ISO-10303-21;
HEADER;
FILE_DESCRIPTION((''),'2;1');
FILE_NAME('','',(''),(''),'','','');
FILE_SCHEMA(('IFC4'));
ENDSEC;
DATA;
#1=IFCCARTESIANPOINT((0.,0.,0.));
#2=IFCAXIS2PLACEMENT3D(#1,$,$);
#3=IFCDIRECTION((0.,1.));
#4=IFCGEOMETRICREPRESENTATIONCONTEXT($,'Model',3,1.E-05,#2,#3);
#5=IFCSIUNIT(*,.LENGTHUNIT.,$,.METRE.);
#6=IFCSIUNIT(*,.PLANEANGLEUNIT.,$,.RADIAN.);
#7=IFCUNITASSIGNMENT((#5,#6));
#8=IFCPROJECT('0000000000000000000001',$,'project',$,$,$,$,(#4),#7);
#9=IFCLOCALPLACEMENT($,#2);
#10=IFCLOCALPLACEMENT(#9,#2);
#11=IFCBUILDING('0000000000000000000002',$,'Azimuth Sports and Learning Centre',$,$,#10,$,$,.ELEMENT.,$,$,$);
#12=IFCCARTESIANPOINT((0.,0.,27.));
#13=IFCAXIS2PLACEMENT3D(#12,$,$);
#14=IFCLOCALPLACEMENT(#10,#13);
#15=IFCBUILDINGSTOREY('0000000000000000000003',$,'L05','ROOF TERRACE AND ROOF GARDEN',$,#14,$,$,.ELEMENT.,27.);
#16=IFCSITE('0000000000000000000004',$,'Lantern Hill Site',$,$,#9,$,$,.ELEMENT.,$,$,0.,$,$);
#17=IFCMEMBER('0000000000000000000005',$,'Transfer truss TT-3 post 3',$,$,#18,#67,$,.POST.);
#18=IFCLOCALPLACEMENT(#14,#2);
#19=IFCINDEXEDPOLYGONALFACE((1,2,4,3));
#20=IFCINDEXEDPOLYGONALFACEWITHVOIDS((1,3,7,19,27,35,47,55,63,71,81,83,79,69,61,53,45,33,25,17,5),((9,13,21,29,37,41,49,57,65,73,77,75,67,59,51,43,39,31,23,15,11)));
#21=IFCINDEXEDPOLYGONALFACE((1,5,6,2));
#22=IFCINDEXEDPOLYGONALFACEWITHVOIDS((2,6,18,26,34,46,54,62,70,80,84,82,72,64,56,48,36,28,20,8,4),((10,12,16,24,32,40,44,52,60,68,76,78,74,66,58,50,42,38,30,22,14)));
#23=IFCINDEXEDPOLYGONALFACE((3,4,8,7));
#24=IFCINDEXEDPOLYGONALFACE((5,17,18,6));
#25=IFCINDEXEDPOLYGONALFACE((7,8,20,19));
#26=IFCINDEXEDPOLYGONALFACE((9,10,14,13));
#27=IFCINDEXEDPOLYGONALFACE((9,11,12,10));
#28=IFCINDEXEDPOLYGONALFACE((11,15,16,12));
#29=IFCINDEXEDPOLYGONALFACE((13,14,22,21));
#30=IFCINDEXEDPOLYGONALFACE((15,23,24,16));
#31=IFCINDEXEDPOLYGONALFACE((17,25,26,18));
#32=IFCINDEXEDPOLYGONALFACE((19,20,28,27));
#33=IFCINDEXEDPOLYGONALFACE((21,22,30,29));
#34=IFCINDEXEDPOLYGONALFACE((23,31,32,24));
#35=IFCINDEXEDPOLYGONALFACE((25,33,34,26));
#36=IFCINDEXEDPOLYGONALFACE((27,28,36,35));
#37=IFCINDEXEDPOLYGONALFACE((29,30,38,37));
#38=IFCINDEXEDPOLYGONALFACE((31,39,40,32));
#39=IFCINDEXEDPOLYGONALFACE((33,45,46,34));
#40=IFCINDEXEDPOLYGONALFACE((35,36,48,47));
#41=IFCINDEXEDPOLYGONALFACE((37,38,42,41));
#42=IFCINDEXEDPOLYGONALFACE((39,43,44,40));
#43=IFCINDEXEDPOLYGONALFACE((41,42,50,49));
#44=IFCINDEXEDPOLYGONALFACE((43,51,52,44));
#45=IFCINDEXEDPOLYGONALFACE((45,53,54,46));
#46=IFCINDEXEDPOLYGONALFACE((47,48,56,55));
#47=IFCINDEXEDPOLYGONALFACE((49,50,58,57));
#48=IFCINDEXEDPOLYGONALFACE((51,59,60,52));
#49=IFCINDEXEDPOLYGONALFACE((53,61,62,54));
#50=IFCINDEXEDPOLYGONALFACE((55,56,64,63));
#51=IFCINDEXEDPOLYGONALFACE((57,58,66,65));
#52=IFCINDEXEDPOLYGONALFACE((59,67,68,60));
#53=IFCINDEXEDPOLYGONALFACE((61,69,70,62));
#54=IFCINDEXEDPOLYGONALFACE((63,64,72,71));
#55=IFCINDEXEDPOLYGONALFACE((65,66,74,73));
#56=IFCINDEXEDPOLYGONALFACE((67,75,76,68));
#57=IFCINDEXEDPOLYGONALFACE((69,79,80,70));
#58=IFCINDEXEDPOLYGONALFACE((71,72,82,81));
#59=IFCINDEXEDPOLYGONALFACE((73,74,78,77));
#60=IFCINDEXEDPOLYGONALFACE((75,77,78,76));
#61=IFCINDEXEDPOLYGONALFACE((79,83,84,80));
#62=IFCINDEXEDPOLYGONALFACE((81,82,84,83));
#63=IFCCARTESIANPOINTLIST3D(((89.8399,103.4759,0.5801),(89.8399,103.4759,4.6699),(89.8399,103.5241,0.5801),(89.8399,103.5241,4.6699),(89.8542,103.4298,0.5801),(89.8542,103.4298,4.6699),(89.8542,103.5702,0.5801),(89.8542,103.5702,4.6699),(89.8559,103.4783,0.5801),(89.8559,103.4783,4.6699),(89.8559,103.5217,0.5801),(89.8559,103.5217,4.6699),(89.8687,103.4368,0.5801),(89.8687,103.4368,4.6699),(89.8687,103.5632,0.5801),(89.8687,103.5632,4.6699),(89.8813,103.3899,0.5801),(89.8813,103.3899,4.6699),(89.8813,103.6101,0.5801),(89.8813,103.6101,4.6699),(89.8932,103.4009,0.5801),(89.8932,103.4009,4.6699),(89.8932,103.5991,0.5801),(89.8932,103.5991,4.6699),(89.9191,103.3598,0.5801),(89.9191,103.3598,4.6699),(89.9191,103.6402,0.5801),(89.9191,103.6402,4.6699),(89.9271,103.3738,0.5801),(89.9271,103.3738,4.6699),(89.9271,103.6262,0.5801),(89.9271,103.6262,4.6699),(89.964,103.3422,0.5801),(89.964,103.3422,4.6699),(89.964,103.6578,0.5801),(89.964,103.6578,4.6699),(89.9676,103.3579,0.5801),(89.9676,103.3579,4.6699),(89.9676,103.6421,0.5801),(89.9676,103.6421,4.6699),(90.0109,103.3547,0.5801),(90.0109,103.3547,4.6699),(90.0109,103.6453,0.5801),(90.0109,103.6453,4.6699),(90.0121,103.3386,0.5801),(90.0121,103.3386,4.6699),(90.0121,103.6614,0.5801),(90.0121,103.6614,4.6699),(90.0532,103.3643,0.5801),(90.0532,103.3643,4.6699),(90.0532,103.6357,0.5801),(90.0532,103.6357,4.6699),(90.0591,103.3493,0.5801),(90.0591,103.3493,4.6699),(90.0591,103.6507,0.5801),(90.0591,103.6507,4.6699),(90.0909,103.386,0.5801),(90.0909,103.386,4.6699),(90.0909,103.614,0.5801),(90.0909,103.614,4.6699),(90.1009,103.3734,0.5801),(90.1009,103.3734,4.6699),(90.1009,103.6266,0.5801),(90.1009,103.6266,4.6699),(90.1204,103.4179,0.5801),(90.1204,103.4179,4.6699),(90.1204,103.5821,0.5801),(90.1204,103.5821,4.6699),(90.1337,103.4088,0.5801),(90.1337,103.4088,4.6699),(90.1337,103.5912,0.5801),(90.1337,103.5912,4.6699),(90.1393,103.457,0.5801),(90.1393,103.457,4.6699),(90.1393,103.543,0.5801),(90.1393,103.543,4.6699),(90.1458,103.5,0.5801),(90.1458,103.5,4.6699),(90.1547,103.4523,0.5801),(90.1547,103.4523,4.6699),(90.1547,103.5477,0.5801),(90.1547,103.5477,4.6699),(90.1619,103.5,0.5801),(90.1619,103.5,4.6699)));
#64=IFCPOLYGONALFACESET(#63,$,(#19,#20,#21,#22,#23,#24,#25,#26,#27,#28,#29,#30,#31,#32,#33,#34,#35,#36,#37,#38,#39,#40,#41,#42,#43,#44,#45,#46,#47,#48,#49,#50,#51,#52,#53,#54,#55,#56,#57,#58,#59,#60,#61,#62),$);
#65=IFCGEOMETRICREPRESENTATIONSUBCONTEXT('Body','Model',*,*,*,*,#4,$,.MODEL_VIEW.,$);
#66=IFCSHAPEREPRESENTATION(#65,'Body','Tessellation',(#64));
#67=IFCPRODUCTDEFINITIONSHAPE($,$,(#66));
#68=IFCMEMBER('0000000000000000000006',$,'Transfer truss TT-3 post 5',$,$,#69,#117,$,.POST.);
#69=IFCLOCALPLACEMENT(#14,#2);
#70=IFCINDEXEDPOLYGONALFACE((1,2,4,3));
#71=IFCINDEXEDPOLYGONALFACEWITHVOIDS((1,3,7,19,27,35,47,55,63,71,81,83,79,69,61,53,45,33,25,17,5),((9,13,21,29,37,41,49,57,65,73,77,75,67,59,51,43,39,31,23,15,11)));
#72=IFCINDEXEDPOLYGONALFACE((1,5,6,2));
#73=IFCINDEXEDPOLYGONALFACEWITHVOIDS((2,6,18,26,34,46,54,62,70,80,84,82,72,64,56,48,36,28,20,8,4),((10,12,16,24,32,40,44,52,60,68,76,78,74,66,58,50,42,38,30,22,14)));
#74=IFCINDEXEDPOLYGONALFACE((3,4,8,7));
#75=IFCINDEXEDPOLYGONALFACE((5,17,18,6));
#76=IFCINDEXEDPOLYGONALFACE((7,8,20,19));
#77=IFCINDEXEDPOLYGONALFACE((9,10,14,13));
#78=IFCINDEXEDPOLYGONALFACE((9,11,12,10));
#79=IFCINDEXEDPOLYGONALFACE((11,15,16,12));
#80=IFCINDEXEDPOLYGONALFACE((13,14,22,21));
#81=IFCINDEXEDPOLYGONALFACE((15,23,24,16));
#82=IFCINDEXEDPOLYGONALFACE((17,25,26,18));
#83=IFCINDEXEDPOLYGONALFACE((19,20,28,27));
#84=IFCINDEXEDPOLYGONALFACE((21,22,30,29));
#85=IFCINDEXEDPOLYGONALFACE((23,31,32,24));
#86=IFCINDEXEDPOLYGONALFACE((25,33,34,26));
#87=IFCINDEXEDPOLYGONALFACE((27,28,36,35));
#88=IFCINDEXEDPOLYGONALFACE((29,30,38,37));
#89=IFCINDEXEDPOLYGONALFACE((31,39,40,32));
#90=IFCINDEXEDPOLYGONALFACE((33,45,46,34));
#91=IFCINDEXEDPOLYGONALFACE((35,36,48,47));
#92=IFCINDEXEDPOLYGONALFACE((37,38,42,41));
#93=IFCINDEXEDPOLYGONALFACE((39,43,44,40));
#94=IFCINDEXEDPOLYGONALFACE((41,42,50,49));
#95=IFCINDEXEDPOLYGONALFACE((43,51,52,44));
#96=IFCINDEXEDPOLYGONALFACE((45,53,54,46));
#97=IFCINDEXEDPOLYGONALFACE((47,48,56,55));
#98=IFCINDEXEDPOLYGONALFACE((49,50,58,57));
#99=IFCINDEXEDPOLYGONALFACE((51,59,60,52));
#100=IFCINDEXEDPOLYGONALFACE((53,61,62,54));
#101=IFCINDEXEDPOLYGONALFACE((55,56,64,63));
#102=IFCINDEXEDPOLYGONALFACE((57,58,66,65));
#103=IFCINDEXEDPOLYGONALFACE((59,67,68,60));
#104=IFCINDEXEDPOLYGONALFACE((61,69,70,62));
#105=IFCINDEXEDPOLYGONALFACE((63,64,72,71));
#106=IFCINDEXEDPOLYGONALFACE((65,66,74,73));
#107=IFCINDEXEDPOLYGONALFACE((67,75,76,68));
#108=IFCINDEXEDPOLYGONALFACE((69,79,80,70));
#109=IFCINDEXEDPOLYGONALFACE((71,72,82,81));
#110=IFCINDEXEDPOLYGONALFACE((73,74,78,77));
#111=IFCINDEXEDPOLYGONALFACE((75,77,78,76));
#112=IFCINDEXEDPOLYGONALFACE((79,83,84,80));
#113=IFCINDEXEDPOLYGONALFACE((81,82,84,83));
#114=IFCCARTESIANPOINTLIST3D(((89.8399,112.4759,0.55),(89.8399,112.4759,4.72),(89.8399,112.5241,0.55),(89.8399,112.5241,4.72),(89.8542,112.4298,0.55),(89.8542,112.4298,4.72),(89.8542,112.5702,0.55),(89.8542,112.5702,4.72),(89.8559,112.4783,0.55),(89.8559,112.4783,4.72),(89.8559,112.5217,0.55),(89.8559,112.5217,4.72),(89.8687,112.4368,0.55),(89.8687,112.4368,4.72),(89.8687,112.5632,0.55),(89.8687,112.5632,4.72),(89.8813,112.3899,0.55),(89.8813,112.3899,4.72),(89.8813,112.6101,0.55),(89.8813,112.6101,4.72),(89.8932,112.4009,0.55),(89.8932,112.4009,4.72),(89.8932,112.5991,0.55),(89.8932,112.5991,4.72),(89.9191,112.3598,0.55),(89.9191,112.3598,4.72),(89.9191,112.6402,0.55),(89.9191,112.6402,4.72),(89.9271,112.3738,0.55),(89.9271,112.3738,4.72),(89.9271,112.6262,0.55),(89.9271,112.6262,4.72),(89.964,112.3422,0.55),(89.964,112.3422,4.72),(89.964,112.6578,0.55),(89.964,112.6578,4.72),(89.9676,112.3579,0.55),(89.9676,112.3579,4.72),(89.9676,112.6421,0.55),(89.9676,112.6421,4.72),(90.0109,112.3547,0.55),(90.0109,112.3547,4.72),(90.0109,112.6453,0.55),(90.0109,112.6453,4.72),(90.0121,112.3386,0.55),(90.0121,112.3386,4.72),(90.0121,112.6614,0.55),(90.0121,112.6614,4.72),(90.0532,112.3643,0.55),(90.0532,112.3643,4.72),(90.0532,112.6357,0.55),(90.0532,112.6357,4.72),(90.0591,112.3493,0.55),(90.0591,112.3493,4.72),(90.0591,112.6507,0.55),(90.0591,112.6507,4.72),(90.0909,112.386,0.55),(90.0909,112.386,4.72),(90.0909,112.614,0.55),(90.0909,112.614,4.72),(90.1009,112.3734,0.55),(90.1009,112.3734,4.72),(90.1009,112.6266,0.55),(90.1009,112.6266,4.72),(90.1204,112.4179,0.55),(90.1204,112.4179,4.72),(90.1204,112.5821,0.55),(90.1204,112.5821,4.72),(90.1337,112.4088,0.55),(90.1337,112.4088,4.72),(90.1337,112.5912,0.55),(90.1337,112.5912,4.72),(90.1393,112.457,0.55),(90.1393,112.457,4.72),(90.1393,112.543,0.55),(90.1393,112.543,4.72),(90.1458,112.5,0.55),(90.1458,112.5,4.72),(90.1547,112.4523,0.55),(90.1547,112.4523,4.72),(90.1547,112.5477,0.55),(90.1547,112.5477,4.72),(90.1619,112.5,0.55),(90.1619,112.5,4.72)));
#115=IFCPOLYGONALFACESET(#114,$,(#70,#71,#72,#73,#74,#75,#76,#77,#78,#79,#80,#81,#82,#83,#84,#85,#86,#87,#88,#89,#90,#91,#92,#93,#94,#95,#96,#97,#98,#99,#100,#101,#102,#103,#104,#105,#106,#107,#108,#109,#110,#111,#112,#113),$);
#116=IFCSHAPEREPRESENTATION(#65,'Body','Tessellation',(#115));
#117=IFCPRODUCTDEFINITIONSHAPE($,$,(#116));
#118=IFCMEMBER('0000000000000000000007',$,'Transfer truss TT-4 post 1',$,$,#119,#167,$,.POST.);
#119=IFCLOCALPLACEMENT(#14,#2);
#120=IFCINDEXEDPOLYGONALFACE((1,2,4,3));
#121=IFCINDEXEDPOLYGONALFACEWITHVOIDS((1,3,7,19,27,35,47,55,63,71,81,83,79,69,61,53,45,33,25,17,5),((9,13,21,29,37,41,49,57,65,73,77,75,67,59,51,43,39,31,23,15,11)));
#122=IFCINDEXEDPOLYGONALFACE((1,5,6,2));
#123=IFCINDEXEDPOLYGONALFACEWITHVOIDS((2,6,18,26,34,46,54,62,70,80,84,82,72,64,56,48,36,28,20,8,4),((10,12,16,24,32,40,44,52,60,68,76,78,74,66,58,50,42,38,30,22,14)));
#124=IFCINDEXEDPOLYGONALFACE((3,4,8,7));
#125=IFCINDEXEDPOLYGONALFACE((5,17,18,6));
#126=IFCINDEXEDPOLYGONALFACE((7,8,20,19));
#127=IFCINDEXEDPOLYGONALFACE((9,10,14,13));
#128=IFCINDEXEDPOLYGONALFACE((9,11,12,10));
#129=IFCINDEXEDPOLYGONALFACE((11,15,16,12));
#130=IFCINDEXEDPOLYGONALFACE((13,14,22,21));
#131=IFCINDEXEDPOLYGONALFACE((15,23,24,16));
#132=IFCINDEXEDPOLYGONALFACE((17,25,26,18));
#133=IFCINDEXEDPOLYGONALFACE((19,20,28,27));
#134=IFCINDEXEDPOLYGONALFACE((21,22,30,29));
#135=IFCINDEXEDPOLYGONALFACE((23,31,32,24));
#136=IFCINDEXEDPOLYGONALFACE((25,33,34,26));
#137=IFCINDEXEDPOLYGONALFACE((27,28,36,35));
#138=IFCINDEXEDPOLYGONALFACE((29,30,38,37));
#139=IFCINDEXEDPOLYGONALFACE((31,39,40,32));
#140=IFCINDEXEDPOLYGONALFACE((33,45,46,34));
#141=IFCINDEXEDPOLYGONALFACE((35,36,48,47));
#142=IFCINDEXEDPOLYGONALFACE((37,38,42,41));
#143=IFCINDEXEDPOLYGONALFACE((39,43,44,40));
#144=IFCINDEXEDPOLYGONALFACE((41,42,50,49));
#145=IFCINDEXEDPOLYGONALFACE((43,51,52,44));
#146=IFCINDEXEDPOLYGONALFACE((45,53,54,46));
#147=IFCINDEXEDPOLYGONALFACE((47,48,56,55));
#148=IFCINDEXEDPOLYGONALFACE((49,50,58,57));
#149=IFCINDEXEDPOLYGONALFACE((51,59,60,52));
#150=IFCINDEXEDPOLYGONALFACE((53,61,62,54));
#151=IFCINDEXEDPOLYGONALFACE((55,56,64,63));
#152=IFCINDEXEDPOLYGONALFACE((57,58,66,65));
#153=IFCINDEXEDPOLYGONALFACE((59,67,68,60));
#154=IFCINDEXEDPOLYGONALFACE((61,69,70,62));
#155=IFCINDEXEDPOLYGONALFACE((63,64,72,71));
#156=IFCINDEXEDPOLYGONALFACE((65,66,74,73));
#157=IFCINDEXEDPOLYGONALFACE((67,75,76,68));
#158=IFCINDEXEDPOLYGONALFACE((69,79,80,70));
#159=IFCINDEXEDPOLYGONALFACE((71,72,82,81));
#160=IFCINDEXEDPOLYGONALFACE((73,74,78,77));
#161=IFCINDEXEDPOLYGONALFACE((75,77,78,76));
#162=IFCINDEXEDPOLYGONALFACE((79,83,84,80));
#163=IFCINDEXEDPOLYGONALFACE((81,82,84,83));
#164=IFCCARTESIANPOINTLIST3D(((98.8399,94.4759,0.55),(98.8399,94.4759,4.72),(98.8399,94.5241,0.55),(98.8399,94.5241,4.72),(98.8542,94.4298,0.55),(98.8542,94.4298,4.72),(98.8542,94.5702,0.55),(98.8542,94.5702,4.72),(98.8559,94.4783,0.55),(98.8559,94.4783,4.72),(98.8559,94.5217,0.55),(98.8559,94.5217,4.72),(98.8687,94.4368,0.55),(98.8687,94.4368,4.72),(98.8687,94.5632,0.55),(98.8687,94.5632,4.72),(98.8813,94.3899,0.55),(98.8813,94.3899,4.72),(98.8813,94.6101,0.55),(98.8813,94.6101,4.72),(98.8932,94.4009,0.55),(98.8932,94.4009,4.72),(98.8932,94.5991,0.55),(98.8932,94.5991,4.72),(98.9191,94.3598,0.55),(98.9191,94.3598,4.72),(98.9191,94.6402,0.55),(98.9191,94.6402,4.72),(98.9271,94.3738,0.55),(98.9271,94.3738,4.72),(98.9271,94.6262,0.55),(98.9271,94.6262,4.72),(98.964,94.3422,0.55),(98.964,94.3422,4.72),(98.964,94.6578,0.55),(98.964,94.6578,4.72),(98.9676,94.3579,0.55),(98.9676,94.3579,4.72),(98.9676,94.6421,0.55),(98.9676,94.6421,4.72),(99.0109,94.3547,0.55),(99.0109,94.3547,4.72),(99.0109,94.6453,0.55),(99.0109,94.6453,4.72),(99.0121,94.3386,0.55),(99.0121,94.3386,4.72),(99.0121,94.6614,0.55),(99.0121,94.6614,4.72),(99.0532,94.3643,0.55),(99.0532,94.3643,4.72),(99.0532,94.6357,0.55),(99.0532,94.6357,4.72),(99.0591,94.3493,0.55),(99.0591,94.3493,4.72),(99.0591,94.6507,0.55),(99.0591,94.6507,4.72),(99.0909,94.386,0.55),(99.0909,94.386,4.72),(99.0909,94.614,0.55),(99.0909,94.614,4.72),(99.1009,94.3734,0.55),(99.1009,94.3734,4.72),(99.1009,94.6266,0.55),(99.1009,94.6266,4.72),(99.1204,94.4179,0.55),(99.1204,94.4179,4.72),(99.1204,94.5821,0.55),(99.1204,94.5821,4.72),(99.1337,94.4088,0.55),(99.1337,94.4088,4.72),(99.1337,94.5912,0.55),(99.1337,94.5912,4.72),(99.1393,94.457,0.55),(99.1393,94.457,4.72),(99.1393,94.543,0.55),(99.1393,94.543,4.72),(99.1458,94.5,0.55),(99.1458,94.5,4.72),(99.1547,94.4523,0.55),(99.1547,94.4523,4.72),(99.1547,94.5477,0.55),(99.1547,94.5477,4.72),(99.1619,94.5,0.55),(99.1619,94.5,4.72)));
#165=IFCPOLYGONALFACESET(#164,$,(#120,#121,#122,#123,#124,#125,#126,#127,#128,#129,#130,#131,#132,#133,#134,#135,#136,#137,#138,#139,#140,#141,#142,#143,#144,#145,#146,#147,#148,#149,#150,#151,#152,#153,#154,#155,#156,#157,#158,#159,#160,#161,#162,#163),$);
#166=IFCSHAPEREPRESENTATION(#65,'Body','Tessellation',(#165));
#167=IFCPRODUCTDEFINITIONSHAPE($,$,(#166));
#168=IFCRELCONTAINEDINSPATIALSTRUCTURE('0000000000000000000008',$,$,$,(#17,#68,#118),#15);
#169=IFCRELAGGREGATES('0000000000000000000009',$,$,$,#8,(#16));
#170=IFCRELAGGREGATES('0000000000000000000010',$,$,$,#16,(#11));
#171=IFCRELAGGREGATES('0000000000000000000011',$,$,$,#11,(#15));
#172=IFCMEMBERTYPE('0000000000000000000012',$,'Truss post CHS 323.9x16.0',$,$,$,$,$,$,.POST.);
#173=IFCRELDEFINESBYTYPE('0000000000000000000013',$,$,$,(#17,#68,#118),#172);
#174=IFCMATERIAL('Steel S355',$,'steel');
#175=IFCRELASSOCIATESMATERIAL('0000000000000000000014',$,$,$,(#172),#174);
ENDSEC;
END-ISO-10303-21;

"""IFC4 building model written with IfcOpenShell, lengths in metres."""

from ifc_helpers import new_model, si_unit, direction, frame, origin, origin_2d, place, context, subcontext, project, spatial, hollow_circle, extrude, material, material_profile, profile_set, type_object, element, save


model = new_model("IFC4")

# Units and contexts
model_context = context("Model", 3, precision=1e-05, world=origin(), true_north=direction((0.0, 1.0)))
body_context = subcontext(model_context, "Body", "Model", "MODEL_VIEW")
ifc_project = project(units=[si_unit("LENGTHUNIT", "METRE"), si_unit("PLANEANGLEUNIT", "RADIAN")], contexts=[model_context])

# Site, building, storey
site_placement = place(None, origin())
site = spatial("IfcSite", under=ifc_project, at=site_placement, Name="Lantern Hill Site", CompositionType="ELEMENT", RefElevation=0.0)
building_placement = place(site_placement, origin())
building = spatial("IfcBuilding", under=site, at=building_placement, Name="Azimuth Sports and Learning Centre", CompositionType="ELEMENT")
storey_placement = place(building_placement, frame((0.0, 0.0, 27.0)))
storey = spatial("IfcBuildingStorey", under=building, at=storey_placement, Name="L05", Description="ROOF TERRACE AND ROOF GARDEN", CompositionType="ELEMENT", Elevation=27.0)

# Members
ifc_material_1 = material(Name="Steel S355", Category="steel")
ifc_material_profile_1 = material_profile(ifc_material_1, hollow_circle(Radius=0.1619, WallThickness=0.0161, at=origin_2d()), Name="CHS 323.9x16.0")
ifc_profile_set_1 = profile_set([ifc_material_profile_1], Name="Steel S355")
member_type_1 = type_object("IfcMemberType", Name="Truss post CHS 323.9x16.0", PredefinedType="POST", material=ifc_profile_set_1)
member_1_placement = place(storey_placement, frame((90.0, 103.5, 0.5801), z_axis=(0.0, 0.0, 1.0), x_axis=(1.0, 0.0, 0.0)))
element("IfcMember", 1, at=member_1_placement, inside=storey, type_object=member_type_1, Name="Transfer truss TT-3 post 3", PredefinedType="POST", context=body_context, shape_type="SweptSolid", body=[
    extrude(hollow_circle(Radius=0.1619, WallThickness=0.0161, at=origin_2d()), origin(), (0.0, 0.0, 1.0), 4.0898),
])
for number, where, z_axis, x_axis, name in (
    (2, (90.0, 112.5, 0.55), (0.0, 0.0, 1.0), (1.0, 0.0, 0.0), "Transfer truss TT-3 post 5"),
    (3, (99.0, 94.5, 0.55), (0.0, 0.0, 1.0), (1.0, 0.0, 0.0), "Transfer truss TT-4 post 1"),
):
    element("IfcMember", number, at=place(storey_placement, frame(where, z_axis=z_axis, x_axis=x_axis)), inside=storey, type_object=member_type_1, Name=name, PredefinedType="POST", context=body_context, shape_type="SweptSolid", body=[
        extrude(hollow_circle(Radius=0.1619, WallThickness=0.0161, at=origin_2d()), origin(), (0.0, 0.0, 1.0), 4.1699),
    ])

save(model, "model.ifc")
